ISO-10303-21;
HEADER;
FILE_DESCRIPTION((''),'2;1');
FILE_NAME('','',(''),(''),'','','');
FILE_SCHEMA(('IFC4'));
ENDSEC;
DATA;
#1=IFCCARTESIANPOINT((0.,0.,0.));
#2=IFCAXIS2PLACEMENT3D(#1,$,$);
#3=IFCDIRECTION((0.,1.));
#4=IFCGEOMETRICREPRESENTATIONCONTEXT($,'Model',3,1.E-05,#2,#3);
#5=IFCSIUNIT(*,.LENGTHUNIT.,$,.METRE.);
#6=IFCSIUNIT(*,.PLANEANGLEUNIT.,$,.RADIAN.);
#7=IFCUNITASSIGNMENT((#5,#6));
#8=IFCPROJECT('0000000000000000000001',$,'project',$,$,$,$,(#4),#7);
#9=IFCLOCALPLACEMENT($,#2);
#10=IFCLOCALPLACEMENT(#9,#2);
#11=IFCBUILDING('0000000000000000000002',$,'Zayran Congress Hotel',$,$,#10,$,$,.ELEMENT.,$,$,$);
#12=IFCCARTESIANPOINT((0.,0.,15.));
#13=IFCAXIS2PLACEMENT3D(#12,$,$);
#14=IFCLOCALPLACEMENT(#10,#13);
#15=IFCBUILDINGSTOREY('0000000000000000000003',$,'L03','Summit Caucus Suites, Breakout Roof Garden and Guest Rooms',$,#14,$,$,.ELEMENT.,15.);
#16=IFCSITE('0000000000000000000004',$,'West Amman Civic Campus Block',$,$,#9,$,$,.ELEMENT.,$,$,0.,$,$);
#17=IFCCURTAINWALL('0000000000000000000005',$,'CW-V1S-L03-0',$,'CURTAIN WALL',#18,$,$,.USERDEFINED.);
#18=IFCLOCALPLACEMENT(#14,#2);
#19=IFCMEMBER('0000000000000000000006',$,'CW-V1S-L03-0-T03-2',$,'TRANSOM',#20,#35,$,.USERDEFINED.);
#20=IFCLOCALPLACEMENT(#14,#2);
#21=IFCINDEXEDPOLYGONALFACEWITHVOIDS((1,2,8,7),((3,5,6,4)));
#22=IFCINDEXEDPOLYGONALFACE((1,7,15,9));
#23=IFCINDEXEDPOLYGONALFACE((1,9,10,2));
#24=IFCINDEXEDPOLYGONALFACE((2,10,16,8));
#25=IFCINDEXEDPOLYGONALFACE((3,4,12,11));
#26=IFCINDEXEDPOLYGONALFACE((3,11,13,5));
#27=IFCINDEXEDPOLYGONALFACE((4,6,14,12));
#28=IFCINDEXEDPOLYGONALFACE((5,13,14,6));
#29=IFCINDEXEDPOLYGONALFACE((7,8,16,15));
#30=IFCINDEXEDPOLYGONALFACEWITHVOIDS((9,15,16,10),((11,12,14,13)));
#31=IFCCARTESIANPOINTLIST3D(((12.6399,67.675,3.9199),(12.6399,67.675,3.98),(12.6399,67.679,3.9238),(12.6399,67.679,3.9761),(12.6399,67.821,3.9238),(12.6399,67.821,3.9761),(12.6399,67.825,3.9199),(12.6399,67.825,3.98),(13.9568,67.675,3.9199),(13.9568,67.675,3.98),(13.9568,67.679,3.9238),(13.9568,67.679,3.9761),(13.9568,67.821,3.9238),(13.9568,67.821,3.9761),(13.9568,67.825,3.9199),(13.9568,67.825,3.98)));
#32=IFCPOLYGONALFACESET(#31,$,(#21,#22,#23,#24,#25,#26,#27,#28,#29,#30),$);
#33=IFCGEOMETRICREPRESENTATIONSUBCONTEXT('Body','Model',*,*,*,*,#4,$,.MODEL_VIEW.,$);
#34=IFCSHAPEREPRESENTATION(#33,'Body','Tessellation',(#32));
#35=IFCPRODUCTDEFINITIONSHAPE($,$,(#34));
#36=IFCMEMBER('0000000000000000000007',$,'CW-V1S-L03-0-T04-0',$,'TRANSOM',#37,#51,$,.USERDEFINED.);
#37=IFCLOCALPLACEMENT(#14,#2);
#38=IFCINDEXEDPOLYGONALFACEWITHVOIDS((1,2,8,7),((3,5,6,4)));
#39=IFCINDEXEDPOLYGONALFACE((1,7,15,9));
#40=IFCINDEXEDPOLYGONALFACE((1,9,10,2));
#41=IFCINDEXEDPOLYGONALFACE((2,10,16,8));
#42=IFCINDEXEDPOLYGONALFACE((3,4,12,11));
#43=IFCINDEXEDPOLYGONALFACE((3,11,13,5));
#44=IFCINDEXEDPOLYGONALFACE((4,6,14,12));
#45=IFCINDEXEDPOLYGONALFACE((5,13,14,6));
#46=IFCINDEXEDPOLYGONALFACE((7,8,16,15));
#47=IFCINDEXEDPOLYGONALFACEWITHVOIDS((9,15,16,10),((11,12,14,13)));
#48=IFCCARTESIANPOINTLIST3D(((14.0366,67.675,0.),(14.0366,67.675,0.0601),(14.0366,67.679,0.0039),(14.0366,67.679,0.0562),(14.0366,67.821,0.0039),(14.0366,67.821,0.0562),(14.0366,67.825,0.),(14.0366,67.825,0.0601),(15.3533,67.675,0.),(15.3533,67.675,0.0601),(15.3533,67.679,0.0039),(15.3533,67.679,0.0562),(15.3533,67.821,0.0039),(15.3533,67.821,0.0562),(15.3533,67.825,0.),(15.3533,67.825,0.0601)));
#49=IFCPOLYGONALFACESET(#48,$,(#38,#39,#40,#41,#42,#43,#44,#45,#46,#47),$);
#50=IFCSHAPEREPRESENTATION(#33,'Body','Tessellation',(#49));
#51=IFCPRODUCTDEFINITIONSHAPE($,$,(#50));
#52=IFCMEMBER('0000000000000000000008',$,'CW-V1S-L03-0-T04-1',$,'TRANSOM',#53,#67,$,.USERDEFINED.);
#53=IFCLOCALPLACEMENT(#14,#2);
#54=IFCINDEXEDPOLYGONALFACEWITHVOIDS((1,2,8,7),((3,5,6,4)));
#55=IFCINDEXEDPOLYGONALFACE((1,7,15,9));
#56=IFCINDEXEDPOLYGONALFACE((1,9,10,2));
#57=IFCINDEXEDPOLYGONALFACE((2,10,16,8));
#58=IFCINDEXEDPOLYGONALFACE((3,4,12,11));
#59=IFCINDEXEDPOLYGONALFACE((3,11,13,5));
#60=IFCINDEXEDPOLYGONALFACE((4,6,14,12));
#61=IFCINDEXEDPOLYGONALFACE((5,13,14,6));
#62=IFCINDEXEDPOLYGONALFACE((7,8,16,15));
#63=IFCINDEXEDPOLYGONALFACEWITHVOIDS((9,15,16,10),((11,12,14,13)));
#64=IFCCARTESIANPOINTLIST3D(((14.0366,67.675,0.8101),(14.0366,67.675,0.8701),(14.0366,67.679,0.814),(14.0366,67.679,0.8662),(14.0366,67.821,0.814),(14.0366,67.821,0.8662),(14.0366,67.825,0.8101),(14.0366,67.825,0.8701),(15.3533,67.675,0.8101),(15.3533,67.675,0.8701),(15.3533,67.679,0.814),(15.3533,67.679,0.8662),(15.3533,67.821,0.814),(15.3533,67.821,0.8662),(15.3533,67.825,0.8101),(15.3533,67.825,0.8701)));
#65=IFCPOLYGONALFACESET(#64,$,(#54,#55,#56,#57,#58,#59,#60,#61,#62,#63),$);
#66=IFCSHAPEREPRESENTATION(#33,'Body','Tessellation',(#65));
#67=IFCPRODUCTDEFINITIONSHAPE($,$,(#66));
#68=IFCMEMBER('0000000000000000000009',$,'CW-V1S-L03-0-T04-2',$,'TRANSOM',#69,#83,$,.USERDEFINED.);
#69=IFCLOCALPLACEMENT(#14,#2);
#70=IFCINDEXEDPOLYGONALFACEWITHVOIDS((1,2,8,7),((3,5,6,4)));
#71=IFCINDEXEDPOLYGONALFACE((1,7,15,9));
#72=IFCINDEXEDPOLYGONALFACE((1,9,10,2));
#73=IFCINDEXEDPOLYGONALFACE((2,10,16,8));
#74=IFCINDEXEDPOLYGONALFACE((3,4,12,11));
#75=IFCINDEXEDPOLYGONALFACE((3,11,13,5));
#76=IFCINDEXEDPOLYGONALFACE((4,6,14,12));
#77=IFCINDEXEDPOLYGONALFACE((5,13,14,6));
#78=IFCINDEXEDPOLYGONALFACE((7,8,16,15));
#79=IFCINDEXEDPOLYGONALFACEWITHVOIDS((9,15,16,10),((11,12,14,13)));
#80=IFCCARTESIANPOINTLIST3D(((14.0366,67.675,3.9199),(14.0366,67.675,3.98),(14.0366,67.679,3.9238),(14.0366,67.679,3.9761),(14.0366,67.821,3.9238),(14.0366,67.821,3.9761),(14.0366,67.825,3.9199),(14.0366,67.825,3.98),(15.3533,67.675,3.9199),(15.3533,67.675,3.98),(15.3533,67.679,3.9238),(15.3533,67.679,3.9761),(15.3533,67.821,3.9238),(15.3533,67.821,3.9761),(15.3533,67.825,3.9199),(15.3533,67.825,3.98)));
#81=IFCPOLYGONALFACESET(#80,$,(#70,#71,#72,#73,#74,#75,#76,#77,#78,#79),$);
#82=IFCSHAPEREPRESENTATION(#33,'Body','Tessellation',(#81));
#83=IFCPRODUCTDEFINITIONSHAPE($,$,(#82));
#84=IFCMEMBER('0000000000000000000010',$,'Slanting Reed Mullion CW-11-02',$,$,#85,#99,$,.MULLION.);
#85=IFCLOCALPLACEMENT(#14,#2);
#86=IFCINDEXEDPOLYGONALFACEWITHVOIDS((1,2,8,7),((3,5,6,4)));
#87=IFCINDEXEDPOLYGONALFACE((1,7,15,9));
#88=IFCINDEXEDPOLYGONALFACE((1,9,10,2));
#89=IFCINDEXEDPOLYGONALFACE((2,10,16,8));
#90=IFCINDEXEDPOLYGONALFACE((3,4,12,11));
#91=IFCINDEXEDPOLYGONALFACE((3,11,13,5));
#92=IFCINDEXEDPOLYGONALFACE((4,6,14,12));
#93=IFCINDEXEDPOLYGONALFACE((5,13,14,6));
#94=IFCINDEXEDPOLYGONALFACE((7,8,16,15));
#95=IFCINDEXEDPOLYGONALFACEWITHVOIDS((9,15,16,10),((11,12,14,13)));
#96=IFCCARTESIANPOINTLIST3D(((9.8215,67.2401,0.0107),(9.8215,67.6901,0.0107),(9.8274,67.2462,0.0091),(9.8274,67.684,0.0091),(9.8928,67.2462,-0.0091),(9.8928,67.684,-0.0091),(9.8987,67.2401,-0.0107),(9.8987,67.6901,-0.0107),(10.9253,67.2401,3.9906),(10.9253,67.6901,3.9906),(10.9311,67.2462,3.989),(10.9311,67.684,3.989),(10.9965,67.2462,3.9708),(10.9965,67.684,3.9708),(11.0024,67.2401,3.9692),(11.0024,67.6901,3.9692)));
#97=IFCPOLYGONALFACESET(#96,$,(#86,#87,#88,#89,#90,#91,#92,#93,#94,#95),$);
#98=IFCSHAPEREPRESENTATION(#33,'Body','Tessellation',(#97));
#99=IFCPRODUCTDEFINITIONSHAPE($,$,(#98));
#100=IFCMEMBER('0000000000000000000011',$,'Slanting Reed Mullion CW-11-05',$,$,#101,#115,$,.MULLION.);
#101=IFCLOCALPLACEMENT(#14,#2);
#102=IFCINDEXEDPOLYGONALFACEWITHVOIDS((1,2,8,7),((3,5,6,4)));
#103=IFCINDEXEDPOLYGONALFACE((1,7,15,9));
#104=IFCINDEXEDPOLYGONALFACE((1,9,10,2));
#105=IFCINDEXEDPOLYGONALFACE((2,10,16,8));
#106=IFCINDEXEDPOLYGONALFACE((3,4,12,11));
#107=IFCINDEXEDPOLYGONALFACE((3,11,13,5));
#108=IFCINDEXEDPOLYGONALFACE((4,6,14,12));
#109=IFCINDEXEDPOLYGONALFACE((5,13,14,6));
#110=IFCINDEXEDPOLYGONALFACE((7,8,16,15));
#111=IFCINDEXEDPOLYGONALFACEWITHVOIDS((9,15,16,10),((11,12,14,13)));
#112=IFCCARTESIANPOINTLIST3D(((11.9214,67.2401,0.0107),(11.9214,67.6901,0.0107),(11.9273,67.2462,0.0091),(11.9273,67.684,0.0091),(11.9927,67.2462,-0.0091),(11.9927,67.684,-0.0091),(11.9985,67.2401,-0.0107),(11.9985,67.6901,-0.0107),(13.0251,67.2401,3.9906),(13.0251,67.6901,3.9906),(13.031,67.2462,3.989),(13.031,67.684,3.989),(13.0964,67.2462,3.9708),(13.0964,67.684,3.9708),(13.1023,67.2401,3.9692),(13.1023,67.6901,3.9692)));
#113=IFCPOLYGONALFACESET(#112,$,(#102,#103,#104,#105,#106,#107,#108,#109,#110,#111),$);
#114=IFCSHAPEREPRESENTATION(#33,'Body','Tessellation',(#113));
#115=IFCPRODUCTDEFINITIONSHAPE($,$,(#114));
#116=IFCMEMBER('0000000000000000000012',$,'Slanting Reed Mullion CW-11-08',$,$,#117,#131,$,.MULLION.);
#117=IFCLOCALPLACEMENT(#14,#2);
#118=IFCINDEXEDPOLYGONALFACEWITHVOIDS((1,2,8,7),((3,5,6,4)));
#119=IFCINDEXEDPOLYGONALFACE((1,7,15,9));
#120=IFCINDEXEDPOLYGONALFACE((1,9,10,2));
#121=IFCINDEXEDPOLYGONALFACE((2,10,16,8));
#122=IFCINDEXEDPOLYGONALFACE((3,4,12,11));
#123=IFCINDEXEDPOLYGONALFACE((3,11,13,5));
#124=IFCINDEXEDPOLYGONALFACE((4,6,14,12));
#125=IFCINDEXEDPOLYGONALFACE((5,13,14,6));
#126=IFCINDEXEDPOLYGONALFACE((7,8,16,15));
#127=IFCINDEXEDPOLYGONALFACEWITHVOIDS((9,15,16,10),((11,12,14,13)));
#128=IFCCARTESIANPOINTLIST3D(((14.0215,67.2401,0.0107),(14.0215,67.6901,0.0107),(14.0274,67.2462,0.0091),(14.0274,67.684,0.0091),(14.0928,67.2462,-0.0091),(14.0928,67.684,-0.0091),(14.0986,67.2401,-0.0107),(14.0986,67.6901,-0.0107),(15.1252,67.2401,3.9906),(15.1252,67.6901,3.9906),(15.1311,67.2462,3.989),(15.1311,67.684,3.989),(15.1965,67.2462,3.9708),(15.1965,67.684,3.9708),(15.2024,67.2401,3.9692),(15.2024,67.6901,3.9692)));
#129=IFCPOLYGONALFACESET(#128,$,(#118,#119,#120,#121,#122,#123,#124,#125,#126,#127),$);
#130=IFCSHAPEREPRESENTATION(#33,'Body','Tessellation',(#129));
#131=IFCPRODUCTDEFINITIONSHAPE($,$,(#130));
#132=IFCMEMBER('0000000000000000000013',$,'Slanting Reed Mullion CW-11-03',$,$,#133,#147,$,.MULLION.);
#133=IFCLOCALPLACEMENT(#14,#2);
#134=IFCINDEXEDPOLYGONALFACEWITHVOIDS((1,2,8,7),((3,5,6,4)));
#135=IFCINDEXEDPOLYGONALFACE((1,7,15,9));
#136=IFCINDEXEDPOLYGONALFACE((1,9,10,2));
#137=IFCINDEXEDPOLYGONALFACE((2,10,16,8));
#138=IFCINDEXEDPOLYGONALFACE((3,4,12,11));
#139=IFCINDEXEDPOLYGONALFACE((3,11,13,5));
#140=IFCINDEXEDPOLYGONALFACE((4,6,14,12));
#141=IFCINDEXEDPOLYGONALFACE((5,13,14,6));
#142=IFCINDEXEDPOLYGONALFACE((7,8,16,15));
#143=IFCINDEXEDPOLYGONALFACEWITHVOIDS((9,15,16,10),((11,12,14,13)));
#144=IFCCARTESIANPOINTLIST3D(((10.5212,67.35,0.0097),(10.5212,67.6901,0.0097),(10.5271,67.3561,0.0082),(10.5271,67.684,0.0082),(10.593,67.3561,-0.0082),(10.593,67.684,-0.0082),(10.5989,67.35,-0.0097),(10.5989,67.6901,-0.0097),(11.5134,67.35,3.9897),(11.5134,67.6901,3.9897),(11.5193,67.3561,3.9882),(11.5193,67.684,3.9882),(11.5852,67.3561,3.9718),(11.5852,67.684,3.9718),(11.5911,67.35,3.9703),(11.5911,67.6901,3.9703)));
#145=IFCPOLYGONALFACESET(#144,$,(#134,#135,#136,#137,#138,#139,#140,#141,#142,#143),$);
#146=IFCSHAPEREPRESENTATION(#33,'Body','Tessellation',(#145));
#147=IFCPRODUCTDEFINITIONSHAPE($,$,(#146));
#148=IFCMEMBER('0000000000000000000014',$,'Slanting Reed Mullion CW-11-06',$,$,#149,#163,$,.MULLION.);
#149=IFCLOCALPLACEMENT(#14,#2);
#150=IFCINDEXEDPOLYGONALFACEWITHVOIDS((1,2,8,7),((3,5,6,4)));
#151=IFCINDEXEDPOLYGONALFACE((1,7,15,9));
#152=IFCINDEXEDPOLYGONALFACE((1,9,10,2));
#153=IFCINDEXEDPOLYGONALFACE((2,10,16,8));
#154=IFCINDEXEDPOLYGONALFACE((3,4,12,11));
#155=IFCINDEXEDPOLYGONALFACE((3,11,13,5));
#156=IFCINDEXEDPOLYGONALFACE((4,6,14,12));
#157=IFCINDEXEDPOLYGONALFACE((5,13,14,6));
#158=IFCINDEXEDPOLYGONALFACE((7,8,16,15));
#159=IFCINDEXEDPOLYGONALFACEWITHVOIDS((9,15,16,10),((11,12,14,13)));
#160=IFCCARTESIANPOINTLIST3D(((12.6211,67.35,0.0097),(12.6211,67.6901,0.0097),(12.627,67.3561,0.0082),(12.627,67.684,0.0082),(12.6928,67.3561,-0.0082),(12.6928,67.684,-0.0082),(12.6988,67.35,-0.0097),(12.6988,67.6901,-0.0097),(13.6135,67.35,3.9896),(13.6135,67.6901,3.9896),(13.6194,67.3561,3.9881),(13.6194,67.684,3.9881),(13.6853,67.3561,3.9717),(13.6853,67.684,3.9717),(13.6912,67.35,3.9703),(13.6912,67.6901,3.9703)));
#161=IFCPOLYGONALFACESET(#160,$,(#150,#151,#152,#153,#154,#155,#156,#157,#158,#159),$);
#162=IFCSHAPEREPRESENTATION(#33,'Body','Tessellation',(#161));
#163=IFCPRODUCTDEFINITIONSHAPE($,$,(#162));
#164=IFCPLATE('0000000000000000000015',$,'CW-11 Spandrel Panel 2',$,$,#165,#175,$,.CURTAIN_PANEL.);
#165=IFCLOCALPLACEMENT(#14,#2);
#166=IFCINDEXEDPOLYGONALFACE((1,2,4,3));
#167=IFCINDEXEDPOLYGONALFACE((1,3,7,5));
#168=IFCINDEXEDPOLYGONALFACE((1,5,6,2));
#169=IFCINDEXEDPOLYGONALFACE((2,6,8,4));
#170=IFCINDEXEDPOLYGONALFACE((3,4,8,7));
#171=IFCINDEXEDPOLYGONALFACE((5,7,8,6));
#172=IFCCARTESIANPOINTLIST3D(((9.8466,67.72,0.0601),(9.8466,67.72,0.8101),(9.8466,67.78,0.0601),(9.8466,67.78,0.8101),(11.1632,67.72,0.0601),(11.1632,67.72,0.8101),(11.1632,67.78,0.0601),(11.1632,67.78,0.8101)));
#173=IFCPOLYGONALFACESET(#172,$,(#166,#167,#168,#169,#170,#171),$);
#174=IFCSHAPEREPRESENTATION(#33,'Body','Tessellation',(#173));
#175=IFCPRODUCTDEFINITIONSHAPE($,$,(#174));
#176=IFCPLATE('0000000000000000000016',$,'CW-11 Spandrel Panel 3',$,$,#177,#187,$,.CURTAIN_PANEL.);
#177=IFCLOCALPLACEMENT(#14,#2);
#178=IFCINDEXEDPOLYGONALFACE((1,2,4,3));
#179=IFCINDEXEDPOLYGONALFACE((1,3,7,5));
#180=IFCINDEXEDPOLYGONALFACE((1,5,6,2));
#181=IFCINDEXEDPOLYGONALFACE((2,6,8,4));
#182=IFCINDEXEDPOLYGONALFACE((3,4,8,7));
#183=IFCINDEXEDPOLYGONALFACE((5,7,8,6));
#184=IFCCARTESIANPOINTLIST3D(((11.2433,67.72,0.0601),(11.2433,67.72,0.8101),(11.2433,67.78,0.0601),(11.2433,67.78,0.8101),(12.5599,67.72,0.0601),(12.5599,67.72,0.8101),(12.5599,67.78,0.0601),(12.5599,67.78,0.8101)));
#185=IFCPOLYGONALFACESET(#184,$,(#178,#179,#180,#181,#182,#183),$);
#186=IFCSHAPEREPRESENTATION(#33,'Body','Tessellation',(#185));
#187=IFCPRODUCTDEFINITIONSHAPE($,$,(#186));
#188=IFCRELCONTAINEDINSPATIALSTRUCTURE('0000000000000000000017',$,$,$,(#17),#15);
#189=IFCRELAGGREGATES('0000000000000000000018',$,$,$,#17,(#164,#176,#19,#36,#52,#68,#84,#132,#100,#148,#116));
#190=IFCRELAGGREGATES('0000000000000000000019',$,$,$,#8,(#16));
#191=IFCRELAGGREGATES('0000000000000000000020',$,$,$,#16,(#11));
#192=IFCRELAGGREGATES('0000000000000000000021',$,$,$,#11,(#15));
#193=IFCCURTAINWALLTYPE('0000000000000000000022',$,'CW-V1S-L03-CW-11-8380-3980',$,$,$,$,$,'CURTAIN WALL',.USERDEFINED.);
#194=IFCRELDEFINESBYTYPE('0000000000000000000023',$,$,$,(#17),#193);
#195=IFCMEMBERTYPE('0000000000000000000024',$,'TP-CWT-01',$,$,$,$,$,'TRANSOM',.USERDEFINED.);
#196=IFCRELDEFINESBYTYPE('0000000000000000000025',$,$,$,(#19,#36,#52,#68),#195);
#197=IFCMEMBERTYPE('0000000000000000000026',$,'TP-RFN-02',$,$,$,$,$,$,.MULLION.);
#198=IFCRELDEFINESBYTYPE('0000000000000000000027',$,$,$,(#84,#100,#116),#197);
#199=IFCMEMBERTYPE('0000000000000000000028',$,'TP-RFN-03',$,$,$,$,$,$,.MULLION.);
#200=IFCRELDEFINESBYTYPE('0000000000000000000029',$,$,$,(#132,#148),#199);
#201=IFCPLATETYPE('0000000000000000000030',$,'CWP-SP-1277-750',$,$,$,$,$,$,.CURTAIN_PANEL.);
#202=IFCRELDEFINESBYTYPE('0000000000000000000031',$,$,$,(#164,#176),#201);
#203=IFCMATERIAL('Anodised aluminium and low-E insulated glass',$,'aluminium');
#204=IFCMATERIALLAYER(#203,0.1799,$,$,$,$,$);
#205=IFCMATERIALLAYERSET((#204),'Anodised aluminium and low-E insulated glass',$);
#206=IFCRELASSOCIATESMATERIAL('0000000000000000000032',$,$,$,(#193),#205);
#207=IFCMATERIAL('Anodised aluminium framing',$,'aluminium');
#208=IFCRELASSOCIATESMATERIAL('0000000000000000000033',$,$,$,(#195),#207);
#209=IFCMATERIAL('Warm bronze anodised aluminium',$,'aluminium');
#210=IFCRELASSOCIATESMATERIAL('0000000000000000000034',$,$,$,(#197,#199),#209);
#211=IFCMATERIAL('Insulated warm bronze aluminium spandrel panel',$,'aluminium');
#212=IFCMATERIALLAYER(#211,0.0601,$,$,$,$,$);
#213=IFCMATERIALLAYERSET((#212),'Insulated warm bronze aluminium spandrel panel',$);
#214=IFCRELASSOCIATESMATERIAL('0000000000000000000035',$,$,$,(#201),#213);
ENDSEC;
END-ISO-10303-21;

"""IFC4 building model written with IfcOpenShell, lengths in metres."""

from ifc_helpers import new_model, si_unit, direction, frame, origin, origin_2d, place, context, subcontext, project, spatial, rectangle, hollow_rectangle, extrude, material, layer, layer_set, material_profile, profile_set, type_object, element, aggregate, save


model = new_model("IFC4")

# Units and contexts
model_context = context("Model", 3, precision=1e-05, world=origin(), true_north=direction((0.0, 1.0)))
body_context = subcontext(model_context, "Body", "Model", "MODEL_VIEW")
ifc_project = project(units=[si_unit("LENGTHUNIT", "METRE"), si_unit("PLANEANGLEUNIT", "RADIAN")], contexts=[model_context])

# Site, building, storey
site_placement = place(None, origin())
site = spatial("IfcSite", under=ifc_project, at=site_placement, Name="West Amman Civic Campus Block", CompositionType="ELEMENT", RefElevation=0.0)
building_placement = place(site_placement, origin())
building = spatial("IfcBuilding", under=site, at=building_placement, Name="Zayran Congress Hotel", CompositionType="ELEMENT")
storey_placement = place(building_placement, frame((0.0, 0.0, 15.0)))
storey = spatial("IfcBuildingStorey", under=building, at=storey_placement, Name="L03", Description="Summit Caucus Suites, Breakout Roof Garden and Guest Rooms", CompositionType="ELEMENT", Elevation=15.0)

# Curtain wall, members, plates
ifc_material_1 = material(Name="Anodised aluminium and low-E insulated glass", Category="aluminium")
ifc_layer_1 = layer(ifc_material_1, 0.1799)
ifc_layer_set_1 = layer_set([ifc_layer_1], Name="Anodised aluminium and low-E insulated glass")
curtain_wall_type = type_object("IfcCurtainWallType", Name="CW-V1S-L03-CW-11-8380-3980", ElementType="CURTAIN WALL", PredefinedType="USERDEFINED", material=ifc_layer_set_1)
curtain_wall_placement = place(storey_placement, origin())
curtain_wall = element("IfcCurtainWall", 1, at=curtain_wall_placement, inside=storey, type_object=curtain_wall_type, Name="CW-V1S-L03-0", ObjectType="CURTAIN WALL", PredefinedType="USERDEFINED")
ifc_material_2 = material(Name="Anodised aluminium framing", Category="aluminium")
ifc_material_profile_1 = material_profile(ifc_material_2, hollow_rectangle(XDim=0.0601, YDim=0.1499, WallThickness=0.0039, at=origin_2d()), Name="RHS 150x60x4")
ifc_profile_set_1 = profile_set([ifc_material_profile_1], Name="Anodised aluminium framing")
member_type_1 = type_object("IfcMemberType", Name="TP-CWT-01", ElementType="TRANSOM", PredefinedType="USERDEFINED", material=ifc_profile_set_1)
member_1_placement = place(storey_placement, frame((12.6399, 67.75, 3.95), z_axis=(1.0, 0.0, 0.0), x_axis=(0.0, 0.0, 1.0)))
member_1 = element("IfcMember", 2, at=member_1_placement, type_object=member_type_1, Name="CW-V1S-L03-0-T03-2", ObjectType="TRANSOM", PredefinedType="USERDEFINED", context=body_context, shape_type="SweptSolid", body=[
    extrude(hollow_rectangle(XDim=0.0601, YDim=0.1499, WallThickness=0.0039, at=origin_2d()), origin(), (0.0, 0.0, 1.0), 1.3169),
])
member_2_placement = place(storey_placement, frame((14.0366, 67.75, 0.03), z_axis=(1.0, 0.0, 0.0), x_axis=(0.0, 0.0, 1.0)))
member_2 = element("IfcMember", 3, at=member_2_placement, type_object=member_type_1, Name="CW-V1S-L03-0-T04-0", ObjectType="TRANSOM", PredefinedType="USERDEFINED", context=body_context, shape_type="SweptSolid", body=[
    extrude(hollow_rectangle(XDim=0.0601, YDim=0.1499, WallThickness=0.0039, at=origin_2d()), origin(), (0.0, 0.0, 1.0), 1.3167),
])
member_3_placement = place(storey_placement, frame((14.0366, 67.75, 0.8401), z_axis=(1.0, 0.0, 0.0), x_axis=(0.0, 0.0, 1.0)))
member_3 = element("IfcMember", 4, at=member_3_placement, type_object=member_type_1, Name="CW-V1S-L03-0-T04-1", ObjectType="TRANSOM", PredefinedType="USERDEFINED", context=body_context, shape_type="SweptSolid", body=[
    extrude(hollow_rectangle(XDim=0.0601, YDim=0.1499, WallThickness=0.0039, at=origin_2d()), origin(), (0.0, 0.0, 1.0), 1.3167),
])
member_4_placement = place(storey_placement, frame((14.0366, 67.75, 3.95), z_axis=(1.0, 0.0, 0.0), x_axis=(0.0, 0.0, 1.0)))
member_4 = element("IfcMember", 5, at=member_4_placement, type_object=member_type_1, Name="CW-V1S-L03-0-T04-2", ObjectType="TRANSOM", PredefinedType="USERDEFINED", context=body_context, shape_type="SweptSolid", body=[
    extrude(hollow_rectangle(XDim=0.0601, YDim=0.1499, WallThickness=0.0039, at=origin_2d()), origin(), (0.0, 0.0, 1.0), 1.3167),
])
ifc_material_3 = material(Name="Warm bronze anodised aluminium", Category="aluminium")
ifc_material_profile_2 = material_profile(ifc_material_3, hollow_rectangle(XDim=0.0801, YDim=0.45, WallThickness=0.0061, at=origin_2d()), Name="RHS 450x80x6")
ifc_profile_set_2 = profile_set([ifc_material_profile_2], Name="Warm bronze anodised aluminium")
member_type_2 = type_object("IfcMemberType", Name="TP-RFN-02", PredefinedType="MULLION", material=ifc_profile_set_2)
member_5_placement = place(storey_placement, frame((9.8601, 67.4651, 0.0), z_axis=(0.267241, 0.0, 0.96363), x_axis=(-0.96363, 0.0, 0.267241)))
member_5 = element("IfcMember", 6, at=member_5_placement, type_object=member_type_2, Name="Slanting Reed Mullion CW-11-02", PredefinedType="MULLION", context=body_context, shape_type="SweptSolid", body=[
    extrude(hollow_rectangle(XDim=0.0801, YDim=0.45, WallThickness=0.0061, at=origin_2d()), origin(), (0.0, 0.0, 1.0), 4.1301),
])
member_6_placement = place(storey_placement, frame((11.96, 67.4651, 0.0), z_axis=(0.267241, 0.0, 0.96363), x_axis=(-0.96363, 0.0, 0.267241)))
member_6 = element("IfcMember", 7, at=member_6_placement, type_object=member_type_2, Name="Slanting Reed Mullion CW-11-05", PredefinedType="MULLION", context=body_context, shape_type="SweptSolid", body=[
    extrude(hollow_rectangle(XDim=0.0801, YDim=0.45, WallThickness=0.0061, at=origin_2d()), origin(), (0.0, 0.0, 1.0), 4.1301),
])
member_7_placement = place(storey_placement, frame((14.0601, 67.4651, 0.0), z_axis=(0.267241, 0.0, 0.96363), x_axis=(-0.96363, 0.0, 0.267241)))
member_7 = element("IfcMember", 8, at=member_7_placement, type_object=member_type_2, Name="Slanting Reed Mullion CW-11-08", PredefinedType="MULLION", context=body_context, shape_type="SweptSolid", body=[
    extrude(hollow_rectangle(XDim=0.0801, YDim=0.45, WallThickness=0.0061, at=origin_2d()), origin(), (0.0, 0.0, 1.0), 4.1301),
])
ifc_material_profile_3 = material_profile(ifc_material_3, hollow_rectangle(XDim=0.0801, YDim=0.3401, WallThickness=0.0061, at=origin_2d()), Name="RHS 340x80x6")
ifc_profile_set_3 = profile_set([ifc_material_profile_3], Name="Warm bronze anodised aluminium")
member_type_3 = type_object("IfcMemberType", Name="TP-RFN-03", PredefinedType="MULLION", material=ifc_profile_set_3)
member_8_placement = place(storey_placement, frame((10.5601, 67.52, 0.0), z_axis=(0.241891, 0.0, 0.970303), x_axis=(-0.970303, 0.0, 0.241891)))
member_8 = element("IfcMember", 9, at=member_8_placement, type_object=member_type_3, Name="Slanting Reed Mullion CW-11-03", PredefinedType="MULLION", context=body_context, shape_type="SweptSolid", body=[
    extrude(hollow_rectangle(XDim=0.0801, YDim=0.3401, WallThickness=0.0061, at=origin_2d()), origin(), (0.0, 0.0, 1.0), 4.1018),
])
member_9_placement = place(storey_placement, frame((12.6599, 67.52, 0.0), z_axis=(0.241947, 0.0, 0.970289), x_axis=(-0.970289, 0.0, 0.241947)))
member_9 = element("IfcMember", 10, at=member_9_placement, type_object=member_type_3, Name="Slanting Reed Mullion CW-11-06", PredefinedType="MULLION", context=body_context, shape_type="SweptSolid", body=[
    extrude(hollow_rectangle(XDim=0.0801, YDim=0.3401, WallThickness=0.0061, at=origin_2d()), origin(), (0.0, 0.0, 1.0), 4.1018),
])
ifc_material_4 = material(Name="Insulated warm bronze aluminium spandrel panel", Category="aluminium")
ifc_layer_2 = layer(ifc_material_4, 0.0601)
ifc_layer_set_2 = layer_set([ifc_layer_2], Name="Insulated warm bronze aluminium spandrel panel")
plate_type_1 = type_object("IfcPlateType", Name="CWP-SP-1277-750", PredefinedType="CURTAIN_PANEL", material=ifc_layer_set_2)
plate_1_placement = place(storey_placement, frame((10.5049, 67.75, 0.0601), z_axis=(0.0, 0.0, 1.0), x_axis=(1.0, 0.0, 0.0)))
plate_1 = element("IfcPlate", 11, at=plate_1_placement, type_object=plate_type_1, Name="CW-11 Spandrel Panel 2", PredefinedType="CURTAIN_PANEL", context=body_context, shape_type="SweptSolid", body=[
    extrude(rectangle(XDim=1.3167, YDim=0.0601, at=origin_2d()), origin(), (0.0, 0.0, 1.0), 0.75),
])
plate_2_placement = place(storey_placement, frame((11.9016, 67.75, 0.0601), z_axis=(0.0, 0.0, 1.0), x_axis=(1.0, 0.0, 0.0)))
plate_2 = element("IfcPlate", 12, at=plate_2_placement, type_object=plate_type_1, Name="CW-11 Spandrel Panel 3", PredefinedType="CURTAIN_PANEL", context=body_context, shape_type="SweptSolid", body=[
    extrude(rectangle(XDim=1.3167, YDim=0.0601, at=origin_2d()), origin(), (0.0, 0.0, 1.0), 0.75),
])
aggregate(curtain_wall, [plate_1, plate_2, member_1, member_2, member_3, member_4, member_5, member_8, member_6, member_9, member_7])

save(model, "model.ifc")
